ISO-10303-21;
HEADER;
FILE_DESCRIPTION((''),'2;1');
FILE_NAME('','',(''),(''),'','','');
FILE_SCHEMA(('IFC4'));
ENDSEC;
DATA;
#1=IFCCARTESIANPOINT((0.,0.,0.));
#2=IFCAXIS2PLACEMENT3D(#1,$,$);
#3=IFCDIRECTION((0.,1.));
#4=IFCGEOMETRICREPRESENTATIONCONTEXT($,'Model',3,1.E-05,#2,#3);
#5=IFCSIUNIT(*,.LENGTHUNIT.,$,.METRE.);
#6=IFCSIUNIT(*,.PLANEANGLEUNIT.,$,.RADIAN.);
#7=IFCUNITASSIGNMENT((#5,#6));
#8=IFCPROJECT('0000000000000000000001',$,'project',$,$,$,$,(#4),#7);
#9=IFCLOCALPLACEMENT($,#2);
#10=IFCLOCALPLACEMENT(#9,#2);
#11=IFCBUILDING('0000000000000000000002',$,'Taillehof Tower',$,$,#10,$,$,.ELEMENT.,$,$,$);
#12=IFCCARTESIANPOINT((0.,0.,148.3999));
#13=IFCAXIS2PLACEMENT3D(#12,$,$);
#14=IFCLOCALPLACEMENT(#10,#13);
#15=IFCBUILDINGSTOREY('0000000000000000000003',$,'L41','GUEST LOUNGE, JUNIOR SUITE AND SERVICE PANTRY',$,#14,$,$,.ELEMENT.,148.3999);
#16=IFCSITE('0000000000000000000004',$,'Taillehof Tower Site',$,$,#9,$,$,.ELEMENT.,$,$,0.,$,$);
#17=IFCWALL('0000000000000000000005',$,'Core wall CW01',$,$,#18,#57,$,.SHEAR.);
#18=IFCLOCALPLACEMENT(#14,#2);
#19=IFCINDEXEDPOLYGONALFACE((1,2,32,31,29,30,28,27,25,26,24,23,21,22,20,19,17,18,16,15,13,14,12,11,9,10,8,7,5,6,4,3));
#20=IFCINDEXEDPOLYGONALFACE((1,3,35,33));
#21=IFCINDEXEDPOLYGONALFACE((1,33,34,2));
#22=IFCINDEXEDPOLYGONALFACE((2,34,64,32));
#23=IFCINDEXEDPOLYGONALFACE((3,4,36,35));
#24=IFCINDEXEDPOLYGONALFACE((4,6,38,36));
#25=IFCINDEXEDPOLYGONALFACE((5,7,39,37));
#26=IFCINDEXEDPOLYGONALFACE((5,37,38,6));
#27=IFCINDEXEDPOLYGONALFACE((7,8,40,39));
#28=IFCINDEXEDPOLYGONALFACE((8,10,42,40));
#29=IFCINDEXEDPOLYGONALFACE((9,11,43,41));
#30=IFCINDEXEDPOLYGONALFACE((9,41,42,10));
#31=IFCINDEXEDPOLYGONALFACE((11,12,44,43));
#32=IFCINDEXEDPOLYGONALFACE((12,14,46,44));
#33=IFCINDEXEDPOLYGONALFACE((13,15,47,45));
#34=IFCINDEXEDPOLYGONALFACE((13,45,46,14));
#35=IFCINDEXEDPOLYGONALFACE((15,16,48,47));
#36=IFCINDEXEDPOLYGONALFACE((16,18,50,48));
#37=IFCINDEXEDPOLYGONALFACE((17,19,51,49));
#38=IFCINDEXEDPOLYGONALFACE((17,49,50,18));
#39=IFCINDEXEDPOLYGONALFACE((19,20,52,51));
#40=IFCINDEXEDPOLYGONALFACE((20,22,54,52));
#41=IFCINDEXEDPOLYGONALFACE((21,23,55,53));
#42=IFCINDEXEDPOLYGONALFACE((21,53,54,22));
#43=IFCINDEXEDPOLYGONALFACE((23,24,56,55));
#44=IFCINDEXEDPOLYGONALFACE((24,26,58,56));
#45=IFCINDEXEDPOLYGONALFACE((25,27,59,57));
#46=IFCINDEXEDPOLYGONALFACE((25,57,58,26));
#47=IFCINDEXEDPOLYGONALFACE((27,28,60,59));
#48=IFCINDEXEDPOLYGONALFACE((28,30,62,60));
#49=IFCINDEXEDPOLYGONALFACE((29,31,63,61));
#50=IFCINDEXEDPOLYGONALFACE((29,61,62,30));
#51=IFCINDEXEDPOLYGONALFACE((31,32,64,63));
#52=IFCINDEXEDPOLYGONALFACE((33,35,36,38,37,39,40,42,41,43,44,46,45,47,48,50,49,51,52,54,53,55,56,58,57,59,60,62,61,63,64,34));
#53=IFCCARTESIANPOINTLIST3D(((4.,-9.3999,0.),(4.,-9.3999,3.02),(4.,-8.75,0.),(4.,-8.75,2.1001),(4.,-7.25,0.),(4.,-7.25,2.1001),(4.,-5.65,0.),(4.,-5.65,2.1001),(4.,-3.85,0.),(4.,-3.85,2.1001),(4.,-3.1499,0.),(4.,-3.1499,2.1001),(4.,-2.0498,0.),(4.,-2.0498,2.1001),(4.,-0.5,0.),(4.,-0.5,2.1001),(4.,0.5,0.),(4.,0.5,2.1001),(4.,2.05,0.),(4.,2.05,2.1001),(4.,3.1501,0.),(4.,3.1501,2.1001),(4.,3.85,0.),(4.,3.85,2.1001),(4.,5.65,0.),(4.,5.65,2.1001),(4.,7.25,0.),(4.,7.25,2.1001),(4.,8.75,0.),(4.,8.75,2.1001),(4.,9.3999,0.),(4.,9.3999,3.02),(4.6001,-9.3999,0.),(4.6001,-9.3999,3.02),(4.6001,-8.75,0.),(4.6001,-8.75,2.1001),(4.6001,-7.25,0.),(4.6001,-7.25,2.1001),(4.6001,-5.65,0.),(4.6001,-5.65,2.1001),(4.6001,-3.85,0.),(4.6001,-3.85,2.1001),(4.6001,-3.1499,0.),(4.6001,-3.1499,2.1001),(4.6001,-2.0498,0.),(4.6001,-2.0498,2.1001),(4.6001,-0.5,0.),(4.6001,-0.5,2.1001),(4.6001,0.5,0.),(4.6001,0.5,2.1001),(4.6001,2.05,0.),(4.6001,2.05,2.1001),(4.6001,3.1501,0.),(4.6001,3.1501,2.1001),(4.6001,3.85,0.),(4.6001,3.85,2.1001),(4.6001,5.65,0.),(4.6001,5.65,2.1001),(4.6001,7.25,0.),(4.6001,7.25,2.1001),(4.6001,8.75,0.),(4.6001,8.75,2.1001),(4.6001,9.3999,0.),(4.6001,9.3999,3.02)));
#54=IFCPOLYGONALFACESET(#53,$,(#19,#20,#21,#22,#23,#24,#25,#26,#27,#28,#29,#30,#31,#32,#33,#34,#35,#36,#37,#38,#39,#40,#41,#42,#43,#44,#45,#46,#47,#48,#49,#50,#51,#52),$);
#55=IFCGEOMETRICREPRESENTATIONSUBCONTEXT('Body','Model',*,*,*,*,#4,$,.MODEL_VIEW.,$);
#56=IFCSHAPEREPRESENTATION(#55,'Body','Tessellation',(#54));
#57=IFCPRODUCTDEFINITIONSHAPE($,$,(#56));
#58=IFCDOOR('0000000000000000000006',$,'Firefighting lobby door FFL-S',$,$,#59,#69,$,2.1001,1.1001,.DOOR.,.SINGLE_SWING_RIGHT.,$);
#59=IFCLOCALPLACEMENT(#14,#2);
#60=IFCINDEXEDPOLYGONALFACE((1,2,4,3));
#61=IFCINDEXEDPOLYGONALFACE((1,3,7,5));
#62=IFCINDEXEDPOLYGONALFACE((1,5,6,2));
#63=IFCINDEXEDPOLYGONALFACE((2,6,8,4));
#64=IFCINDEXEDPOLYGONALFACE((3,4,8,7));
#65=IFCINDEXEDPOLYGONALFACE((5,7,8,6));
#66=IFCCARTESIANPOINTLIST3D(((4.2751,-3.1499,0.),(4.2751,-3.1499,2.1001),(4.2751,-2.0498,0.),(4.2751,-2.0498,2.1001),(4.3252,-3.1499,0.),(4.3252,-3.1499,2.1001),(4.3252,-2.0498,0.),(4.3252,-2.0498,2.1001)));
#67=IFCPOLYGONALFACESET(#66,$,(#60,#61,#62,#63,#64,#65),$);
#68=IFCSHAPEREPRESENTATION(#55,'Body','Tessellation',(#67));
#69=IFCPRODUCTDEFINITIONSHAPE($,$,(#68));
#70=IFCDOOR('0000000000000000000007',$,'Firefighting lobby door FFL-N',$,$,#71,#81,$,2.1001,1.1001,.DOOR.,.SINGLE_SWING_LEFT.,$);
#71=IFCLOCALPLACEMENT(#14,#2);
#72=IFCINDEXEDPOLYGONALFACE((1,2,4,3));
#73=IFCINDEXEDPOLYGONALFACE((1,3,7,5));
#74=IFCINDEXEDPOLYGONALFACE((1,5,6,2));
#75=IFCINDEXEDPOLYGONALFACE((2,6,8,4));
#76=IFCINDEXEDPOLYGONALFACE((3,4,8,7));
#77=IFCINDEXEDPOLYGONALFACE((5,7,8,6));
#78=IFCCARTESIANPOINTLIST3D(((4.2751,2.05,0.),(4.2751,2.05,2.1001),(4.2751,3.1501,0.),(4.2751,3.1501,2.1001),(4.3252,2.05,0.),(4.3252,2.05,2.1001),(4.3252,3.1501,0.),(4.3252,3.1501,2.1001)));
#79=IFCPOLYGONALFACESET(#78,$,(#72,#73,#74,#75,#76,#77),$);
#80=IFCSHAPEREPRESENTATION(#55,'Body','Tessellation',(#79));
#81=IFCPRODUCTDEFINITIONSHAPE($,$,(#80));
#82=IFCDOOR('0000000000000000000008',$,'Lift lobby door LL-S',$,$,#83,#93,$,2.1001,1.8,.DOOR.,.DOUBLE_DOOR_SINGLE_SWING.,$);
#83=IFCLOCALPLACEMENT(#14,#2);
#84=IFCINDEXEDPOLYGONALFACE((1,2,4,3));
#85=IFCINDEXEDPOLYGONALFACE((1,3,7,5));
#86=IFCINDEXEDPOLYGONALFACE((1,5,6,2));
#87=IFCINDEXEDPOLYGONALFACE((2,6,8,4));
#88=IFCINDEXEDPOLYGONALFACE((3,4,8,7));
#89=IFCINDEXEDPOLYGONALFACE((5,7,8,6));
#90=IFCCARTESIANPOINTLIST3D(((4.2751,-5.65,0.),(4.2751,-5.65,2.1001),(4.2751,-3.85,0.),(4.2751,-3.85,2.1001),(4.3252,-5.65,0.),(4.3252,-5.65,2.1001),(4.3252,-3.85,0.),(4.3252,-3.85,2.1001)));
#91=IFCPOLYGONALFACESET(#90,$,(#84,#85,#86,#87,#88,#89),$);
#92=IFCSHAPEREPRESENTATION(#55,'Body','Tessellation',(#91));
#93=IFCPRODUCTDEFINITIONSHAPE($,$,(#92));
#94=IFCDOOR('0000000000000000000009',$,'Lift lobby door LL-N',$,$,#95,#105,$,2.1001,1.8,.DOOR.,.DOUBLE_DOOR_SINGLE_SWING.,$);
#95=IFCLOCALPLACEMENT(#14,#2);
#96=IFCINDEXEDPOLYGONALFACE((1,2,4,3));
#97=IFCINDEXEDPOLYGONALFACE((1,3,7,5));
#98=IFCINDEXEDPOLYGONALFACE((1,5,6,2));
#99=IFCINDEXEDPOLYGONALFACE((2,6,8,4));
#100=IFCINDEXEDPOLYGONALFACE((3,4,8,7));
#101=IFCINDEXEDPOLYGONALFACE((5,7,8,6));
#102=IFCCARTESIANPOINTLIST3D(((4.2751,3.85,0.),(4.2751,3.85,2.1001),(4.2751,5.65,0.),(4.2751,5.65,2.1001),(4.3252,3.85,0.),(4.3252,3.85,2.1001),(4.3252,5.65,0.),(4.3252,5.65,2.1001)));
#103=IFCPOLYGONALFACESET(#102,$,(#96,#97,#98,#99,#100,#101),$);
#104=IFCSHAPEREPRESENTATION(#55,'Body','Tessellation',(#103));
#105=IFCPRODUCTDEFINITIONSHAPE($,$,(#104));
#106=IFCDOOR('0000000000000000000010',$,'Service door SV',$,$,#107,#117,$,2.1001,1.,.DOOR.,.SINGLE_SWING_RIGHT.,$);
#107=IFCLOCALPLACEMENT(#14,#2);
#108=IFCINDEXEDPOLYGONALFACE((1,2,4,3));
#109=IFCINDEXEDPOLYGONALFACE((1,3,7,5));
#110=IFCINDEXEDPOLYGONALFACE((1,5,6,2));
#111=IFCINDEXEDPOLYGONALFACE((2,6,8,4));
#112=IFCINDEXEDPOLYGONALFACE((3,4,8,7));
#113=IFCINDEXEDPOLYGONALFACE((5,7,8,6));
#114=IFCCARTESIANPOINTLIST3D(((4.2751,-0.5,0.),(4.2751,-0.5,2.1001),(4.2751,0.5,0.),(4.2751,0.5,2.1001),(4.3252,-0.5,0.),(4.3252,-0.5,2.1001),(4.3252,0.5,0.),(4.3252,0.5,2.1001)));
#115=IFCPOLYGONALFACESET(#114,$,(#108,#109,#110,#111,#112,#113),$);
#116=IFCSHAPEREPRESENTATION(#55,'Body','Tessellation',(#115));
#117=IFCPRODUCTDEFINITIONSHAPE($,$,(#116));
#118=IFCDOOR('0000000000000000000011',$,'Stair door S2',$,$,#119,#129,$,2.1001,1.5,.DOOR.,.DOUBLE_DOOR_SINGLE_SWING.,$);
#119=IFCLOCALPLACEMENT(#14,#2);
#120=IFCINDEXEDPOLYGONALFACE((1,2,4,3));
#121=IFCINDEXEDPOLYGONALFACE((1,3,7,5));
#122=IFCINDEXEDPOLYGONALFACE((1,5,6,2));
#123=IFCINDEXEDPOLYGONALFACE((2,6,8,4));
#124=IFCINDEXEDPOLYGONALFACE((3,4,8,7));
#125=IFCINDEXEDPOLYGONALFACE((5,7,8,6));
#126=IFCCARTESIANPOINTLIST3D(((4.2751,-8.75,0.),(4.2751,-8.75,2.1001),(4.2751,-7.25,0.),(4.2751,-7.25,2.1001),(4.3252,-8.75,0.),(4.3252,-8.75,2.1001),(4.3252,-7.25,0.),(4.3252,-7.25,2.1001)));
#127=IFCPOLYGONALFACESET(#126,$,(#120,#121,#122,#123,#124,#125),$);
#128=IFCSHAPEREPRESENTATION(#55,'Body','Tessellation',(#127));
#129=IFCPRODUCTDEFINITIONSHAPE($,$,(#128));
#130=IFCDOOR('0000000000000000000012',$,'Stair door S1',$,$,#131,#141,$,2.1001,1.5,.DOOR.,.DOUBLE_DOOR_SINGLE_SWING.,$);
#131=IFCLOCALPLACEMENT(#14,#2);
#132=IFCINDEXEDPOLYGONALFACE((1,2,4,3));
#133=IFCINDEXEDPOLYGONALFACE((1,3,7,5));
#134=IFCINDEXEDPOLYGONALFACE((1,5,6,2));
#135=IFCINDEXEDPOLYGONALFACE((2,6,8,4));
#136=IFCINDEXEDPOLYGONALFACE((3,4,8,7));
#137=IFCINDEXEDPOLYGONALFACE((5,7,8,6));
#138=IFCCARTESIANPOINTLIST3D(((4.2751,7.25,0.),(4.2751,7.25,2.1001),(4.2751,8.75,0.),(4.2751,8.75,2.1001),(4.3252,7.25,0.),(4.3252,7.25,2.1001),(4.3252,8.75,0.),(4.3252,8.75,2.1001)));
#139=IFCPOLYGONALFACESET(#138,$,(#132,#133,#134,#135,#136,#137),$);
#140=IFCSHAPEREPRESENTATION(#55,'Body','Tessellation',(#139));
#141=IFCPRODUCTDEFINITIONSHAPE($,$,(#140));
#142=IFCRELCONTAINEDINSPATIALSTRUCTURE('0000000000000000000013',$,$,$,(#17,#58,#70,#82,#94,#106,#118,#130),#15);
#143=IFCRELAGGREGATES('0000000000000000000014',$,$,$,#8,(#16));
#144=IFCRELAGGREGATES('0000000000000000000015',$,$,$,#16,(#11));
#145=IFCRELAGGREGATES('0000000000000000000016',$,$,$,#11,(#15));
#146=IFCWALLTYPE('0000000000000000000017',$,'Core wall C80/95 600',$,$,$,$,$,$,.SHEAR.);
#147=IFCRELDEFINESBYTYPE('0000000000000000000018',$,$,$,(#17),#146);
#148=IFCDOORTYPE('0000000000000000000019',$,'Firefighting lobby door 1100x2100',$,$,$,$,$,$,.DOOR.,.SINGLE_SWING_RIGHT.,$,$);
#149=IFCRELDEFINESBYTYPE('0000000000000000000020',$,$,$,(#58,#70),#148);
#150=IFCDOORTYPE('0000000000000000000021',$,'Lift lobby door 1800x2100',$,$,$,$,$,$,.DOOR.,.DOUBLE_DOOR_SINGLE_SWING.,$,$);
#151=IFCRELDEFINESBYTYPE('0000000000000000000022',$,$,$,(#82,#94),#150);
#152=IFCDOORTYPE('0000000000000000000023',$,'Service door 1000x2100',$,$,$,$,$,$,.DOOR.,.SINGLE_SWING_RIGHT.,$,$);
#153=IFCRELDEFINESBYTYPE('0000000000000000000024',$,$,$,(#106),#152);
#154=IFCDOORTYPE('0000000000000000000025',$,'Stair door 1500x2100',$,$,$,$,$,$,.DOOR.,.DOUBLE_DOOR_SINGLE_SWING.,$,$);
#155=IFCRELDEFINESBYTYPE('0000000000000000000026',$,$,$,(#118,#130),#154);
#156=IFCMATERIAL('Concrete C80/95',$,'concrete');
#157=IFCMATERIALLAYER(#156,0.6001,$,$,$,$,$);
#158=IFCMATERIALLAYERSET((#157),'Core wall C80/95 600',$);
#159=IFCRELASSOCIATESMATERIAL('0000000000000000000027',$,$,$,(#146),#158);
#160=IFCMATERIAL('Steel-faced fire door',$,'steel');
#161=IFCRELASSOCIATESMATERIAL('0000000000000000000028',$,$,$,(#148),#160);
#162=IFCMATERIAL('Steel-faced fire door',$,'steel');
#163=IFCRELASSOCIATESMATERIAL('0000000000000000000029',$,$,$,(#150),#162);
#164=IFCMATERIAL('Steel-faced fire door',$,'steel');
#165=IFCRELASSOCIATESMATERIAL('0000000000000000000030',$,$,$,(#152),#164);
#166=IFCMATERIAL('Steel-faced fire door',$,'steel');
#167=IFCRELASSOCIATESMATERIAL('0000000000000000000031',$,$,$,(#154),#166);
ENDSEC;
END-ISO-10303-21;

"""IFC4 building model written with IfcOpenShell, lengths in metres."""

from ifc_helpers import new_model, si_unit, direction, frame, frame_2d, origin, place, context, subcontext, project, spatial, rectangle, extrude, material, layer, layer_set, type_object, element, fill, save


model = new_model("IFC4")

# Units and contexts
model_context = context("Model", 3, precision=1e-05, world=origin(), true_north=direction((0.0, 1.0)))
body_context = subcontext(model_context, "Body", "Model", "MODEL_VIEW")
ifc_project = project(units=[si_unit("LENGTHUNIT", "METRE"), si_unit("PLANEANGLEUNIT", "RADIAN")], contexts=[model_context])

# Site, building, storey
site_placement = place(None, origin())
site = spatial("IfcSite", under=ifc_project, at=site_placement, Name="Taillehof Tower Site", CompositionType="ELEMENT", RefElevation=0.0)
building_placement = place(site_placement, origin())
building = spatial("IfcBuilding", under=site, at=building_placement, Name="Taillehof Tower", CompositionType="ELEMENT")
storey_placement = place(building_placement, frame((0.0, 0.0, 148.3999)))
storey = spatial("IfcBuildingStorey", under=building, at=storey_placement, Name="L41", Description="GUEST LOUNGE, JUNIOR SUITE AND SERVICE PANTRY", CompositionType="ELEMENT", Elevation=148.3999)

# Wall, openings, doors
ifc_material_1 = material(Name="Concrete C80/95", Category="concrete")
ifc_layer_1 = layer(ifc_material_1, 0.6001)
ifc_layer_set_1 = layer_set([ifc_layer_1], Name="Core wall C80/95 600")
wall_type_1 = type_object("IfcWallType", Name="Core wall C80/95 600", PredefinedType="SHEAR", material=ifc_layer_set_1)
wall_1_placement = place(storey_placement, frame((4.3, -9.3999, 0.0), z_axis=(0.0, 0.0, 1.0), x_axis=(0.0, 1.0, 0.0)))
wall_1 = element("IfcWall", 1, at=wall_1_placement, inside=storey, type_object=wall_type_1, Name="Core wall CW01", PredefinedType="SHEAR", context=body_context, shape_type="SweptSolid", body=[
    extrude(rectangle(XDim=18.7998, YDim=0.6001, at=frame_2d((9.3999, 0.0))), origin(), (0.0, 0.0, 1.0), 3.02),
])
opening_1_placement = place(wall_1_placement, frame((0.6499, 0.0, 0.0)))
opening_1 = element("IfcOpeningElement", 2, at=opening_1_placement, cuts=wall_1, PredefinedType="OPENING", context=body_context, shape_type="SweptSolid", body=[
    extrude(rectangle(XDim=1.5, YDim=2.1001, at=frame_2d((0.75, 1.05))), frame((0.0, 0.3101, 0.0), z_axis=(0.0, -1.0, 0.0), x_axis=(1.0, 0.0, 0.0)), (0.0, 0.0, 1.0), 0.6201),
])
opening_2_placement = place(wall_1_placement, frame((3.75, 0.0, 0.0)))
opening_2 = element("IfcOpeningElement", 3, at=opening_2_placement, cuts=wall_1, PredefinedType="OPENING", context=body_context, shape_type="SweptSolid", body=[
    extrude(rectangle(XDim=1.8, YDim=2.1001, at=frame_2d((0.8999, 1.05))), frame((0.0, 0.3101, 0.0), z_axis=(0.0, -1.0, 0.0), x_axis=(1.0, 0.0, 0.0)), (0.0, 0.0, 1.0), 0.6201),
])
opening_3_placement = place(wall_1_placement, frame((6.25, 0.0, 0.0)))
opening_3 = element("IfcOpeningElement", 4, at=opening_3_placement, cuts=wall_1, PredefinedType="OPENING", context=body_context, shape_type="SweptSolid", body=[
    extrude(rectangle(XDim=1.1001, YDim=2.1001, at=frame_2d((0.55, 1.05))), frame((0.0, 0.3101, 0.0), z_axis=(0.0, -1.0, 0.0), x_axis=(1.0, 0.0, 0.0)), (0.0, 0.0, 1.0), 0.6201),
])
opening_4_placement = place(wall_1_placement, frame((8.8999, 0.0, 0.0)))
opening_4 = element("IfcOpeningElement", 5, at=opening_4_placement, cuts=wall_1, PredefinedType="OPENING", context=body_context, shape_type="SweptSolid", body=[
    extrude(rectangle(XDim=1.0, YDim=2.1001, at=frame_2d((0.5, 1.05))), frame((0.0, 0.3101, 0.0), z_axis=(0.0, -1.0, 0.0), x_axis=(1.0, 0.0, 0.0)), (0.0, 0.0, 1.0), 0.6201),
])
opening_5_placement = place(wall_1_placement, frame((11.45, 0.0, 0.0)))
opening_5 = element("IfcOpeningElement", 6, at=opening_5_placement, cuts=wall_1, PredefinedType="OPENING", context=body_context, shape_type="SweptSolid", body=[
    extrude(rectangle(XDim=1.1001, YDim=2.1001, at=frame_2d((0.55, 1.05))), frame((0.0, 0.3101, 0.0), z_axis=(0.0, -1.0, 0.0), x_axis=(1.0, 0.0, 0.0)), (0.0, 0.0, 1.0), 0.6201),
])
opening_6_placement = place(wall_1_placement, frame((13.25, 0.0, 0.0)))
opening_6 = element("IfcOpeningElement", 7, at=opening_6_placement, cuts=wall_1, PredefinedType="OPENING", context=body_context, shape_type="SweptSolid", body=[
    extrude(rectangle(XDim=1.8, YDim=2.1001, at=frame_2d((0.8999, 1.05))), frame((0.0, 0.3101, 0.0), z_axis=(0.0, -1.0, 0.0), x_axis=(1.0, 0.0, 0.0)), (0.0, 0.0, 1.0), 0.6201),
])
opening_7_placement = place(wall_1_placement, frame((16.6499, 0.0, 0.0)))
opening_7 = element("IfcOpeningElement", 8, at=opening_7_placement, cuts=wall_1, PredefinedType="OPENING", context=body_context, shape_type="SweptSolid", body=[
    extrude(rectangle(XDim=1.5, YDim=2.1001, at=frame_2d((0.75, 1.05))), frame((0.0, 0.3101, 0.0), z_axis=(0.0, -1.0, 0.0), x_axis=(1.0, 0.0, 0.0)), (0.0, 0.0, 1.0), 0.6201),
])
ifc_material_2 = material(Name="Steel-faced fire door", Category="steel")
door_type_1 = type_object("IfcDoorType", Name="Firefighting lobby door 1100x2100", OperationType="SINGLE_SWING_RIGHT", PredefinedType="DOOR", material=ifc_material_2)
door_1_placement = place(opening_3_placement, origin())
door_1 = element("IfcDoor", 9, at=door_1_placement, inside=storey, type_object=door_type_1, Name="Firefighting lobby door FFL-S", OperationType="SINGLE_SWING_RIGHT", OverallHeight=2.1001, OverallWidth=1.1001, PredefinedType="DOOR", context=body_context, shape_type="SweptSolid", body=[
    extrude(rectangle(XDim=1.1001, YDim=2.1001, at=frame_2d((0.55, 1.05))), frame((0.0, 0.0249, 0.0), z_axis=(0.0, -1.0, 0.0), x_axis=(1.0, 0.0, 0.0)), (0.0, 0.0, 1.0), 0.05),
])
fill(opening_3, door_1)
door_2_placement = place(opening_5_placement, origin())
door_2 = element("IfcDoor", 10, at=door_2_placement, inside=storey, type_object=door_type_1, Name="Firefighting lobby door FFL-N", OperationType="SINGLE_SWING_LEFT", OverallHeight=2.1001, OverallWidth=1.1001, PredefinedType="DOOR", context=body_context, shape_type="SweptSolid", body=[
    extrude(rectangle(XDim=1.1001, YDim=2.1001, at=frame_2d((0.55, 1.05))), frame((0.0, 0.0249, 0.0), z_axis=(0.0, -1.0, 0.0), x_axis=(1.0, 0.0, 0.0)), (0.0, 0.0, 1.0), 0.05),
])
fill(opening_5, door_2)
ifc_material_3 = material(Name="Steel-faced fire door", Category="steel")
door_type_2 = type_object("IfcDoorType", Name="Lift lobby door 1800x2100", OperationType="DOUBLE_DOOR_SINGLE_SWING", PredefinedType="DOOR", material=ifc_material_3)
door_3_placement = place(opening_2_placement, origin())
door_3 = element("IfcDoor", 11, at=door_3_placement, inside=storey, type_object=door_type_2, Name="Lift lobby door LL-S", OperationType="DOUBLE_DOOR_SINGLE_SWING", OverallHeight=2.1001, OverallWidth=1.8, PredefinedType="DOOR", context=body_context, shape_type="SweptSolid", body=[
    extrude(rectangle(XDim=1.8, YDim=2.1001, at=frame_2d((0.8999, 1.05))), frame((0.0, 0.0249, 0.0), z_axis=(0.0, -1.0, 0.0), x_axis=(1.0, 0.0, 0.0)), (0.0, 0.0, 1.0), 0.05),
])
fill(opening_2, door_3)
door_4_placement = place(opening_6_placement, origin())
door_4 = element("IfcDoor", 12, at=door_4_placement, inside=storey, type_object=door_type_2, Name="Lift lobby door LL-N", OperationType="DOUBLE_DOOR_SINGLE_SWING", OverallHeight=2.1001, OverallWidth=1.8, PredefinedType="DOOR", context=body_context, shape_type="SweptSolid", body=[
    extrude(rectangle(XDim=1.8, YDim=2.1001, at=frame_2d((0.8999, 1.05))), frame((0.0, 0.0249, 0.0), z_axis=(0.0, -1.0, 0.0), x_axis=(1.0, 0.0, 0.0)), (0.0, 0.0, 1.0), 0.05),
])
fill(opening_6, door_4)
ifc_material_4 = material(Name="Steel-faced fire door", Category="steel")
door_type_3 = type_object("IfcDoorType", Name="Service door 1000x2100", OperationType="SINGLE_SWING_RIGHT", PredefinedType="DOOR", material=ifc_material_4)
door_5_placement = place(opening_4_placement, origin())
door_5 = element("IfcDoor", 13, at=door_5_placement, inside=storey, type_object=door_type_3, Name="Service door SV", OperationType="SINGLE_SWING_RIGHT", OverallHeight=2.1001, OverallWidth=1.0, PredefinedType="DOOR", context=body_context, shape_type="SweptSolid", body=[
    extrude(rectangle(XDim=1.0, YDim=2.1001, at=frame_2d((0.5, 1.05))), frame((0.0, 0.0249, 0.0), z_axis=(0.0, -1.0, 0.0), x_axis=(1.0, 0.0, 0.0)), (0.0, 0.0, 1.0), 0.05),
])
fill(opening_4, door_5)
ifc_material_5 = material(Name="Steel-faced fire door", Category="steel")
door_type_4 = type_object("IfcDoorType", Name="Stair door 1500x2100", OperationType="DOUBLE_DOOR_SINGLE_SWING", PredefinedType="DOOR", material=ifc_material_5)
door_6_placement = place(opening_1_placement, origin())
door_6 = element("IfcDoor", 14, at=door_6_placement, inside=storey, type_object=door_type_4, Name="Stair door S2", OperationType="DOUBLE_DOOR_SINGLE_SWING", OverallHeight=2.1001, OverallWidth=1.5, PredefinedType="DOOR", context=body_context, shape_type="SweptSolid", body=[
    extrude(rectangle(XDim=1.5, YDim=2.1001, at=frame_2d((0.75, 1.05))), frame((0.0, 0.0249, 0.0), z_axis=(0.0, -1.0, 0.0), x_axis=(1.0, 0.0, 0.0)), (0.0, 0.0, 1.0), 0.05),
])
fill(opening_1, door_6)
door_7_placement = place(opening_7_placement, origin())
door_7 = element("IfcDoor", 15, at=door_7_placement, inside=storey, type_object=door_type_4, Name="Stair door S1", OperationType="DOUBLE_DOOR_SINGLE_SWING", OverallHeight=2.1001, OverallWidth=1.5, PredefinedType="DOOR", context=body_context, shape_type="SweptSolid", body=[
    extrude(rectangle(XDim=1.5, YDim=2.1001, at=frame_2d((0.75, 1.05))), frame((0.0, 0.0249, 0.0), z_axis=(0.0, -1.0, 0.0), x_axis=(1.0, 0.0, 0.0)), (0.0, 0.0, 1.0), 0.05),
])
fill(opening_7, door_7)

save(model, "model.ifc")
